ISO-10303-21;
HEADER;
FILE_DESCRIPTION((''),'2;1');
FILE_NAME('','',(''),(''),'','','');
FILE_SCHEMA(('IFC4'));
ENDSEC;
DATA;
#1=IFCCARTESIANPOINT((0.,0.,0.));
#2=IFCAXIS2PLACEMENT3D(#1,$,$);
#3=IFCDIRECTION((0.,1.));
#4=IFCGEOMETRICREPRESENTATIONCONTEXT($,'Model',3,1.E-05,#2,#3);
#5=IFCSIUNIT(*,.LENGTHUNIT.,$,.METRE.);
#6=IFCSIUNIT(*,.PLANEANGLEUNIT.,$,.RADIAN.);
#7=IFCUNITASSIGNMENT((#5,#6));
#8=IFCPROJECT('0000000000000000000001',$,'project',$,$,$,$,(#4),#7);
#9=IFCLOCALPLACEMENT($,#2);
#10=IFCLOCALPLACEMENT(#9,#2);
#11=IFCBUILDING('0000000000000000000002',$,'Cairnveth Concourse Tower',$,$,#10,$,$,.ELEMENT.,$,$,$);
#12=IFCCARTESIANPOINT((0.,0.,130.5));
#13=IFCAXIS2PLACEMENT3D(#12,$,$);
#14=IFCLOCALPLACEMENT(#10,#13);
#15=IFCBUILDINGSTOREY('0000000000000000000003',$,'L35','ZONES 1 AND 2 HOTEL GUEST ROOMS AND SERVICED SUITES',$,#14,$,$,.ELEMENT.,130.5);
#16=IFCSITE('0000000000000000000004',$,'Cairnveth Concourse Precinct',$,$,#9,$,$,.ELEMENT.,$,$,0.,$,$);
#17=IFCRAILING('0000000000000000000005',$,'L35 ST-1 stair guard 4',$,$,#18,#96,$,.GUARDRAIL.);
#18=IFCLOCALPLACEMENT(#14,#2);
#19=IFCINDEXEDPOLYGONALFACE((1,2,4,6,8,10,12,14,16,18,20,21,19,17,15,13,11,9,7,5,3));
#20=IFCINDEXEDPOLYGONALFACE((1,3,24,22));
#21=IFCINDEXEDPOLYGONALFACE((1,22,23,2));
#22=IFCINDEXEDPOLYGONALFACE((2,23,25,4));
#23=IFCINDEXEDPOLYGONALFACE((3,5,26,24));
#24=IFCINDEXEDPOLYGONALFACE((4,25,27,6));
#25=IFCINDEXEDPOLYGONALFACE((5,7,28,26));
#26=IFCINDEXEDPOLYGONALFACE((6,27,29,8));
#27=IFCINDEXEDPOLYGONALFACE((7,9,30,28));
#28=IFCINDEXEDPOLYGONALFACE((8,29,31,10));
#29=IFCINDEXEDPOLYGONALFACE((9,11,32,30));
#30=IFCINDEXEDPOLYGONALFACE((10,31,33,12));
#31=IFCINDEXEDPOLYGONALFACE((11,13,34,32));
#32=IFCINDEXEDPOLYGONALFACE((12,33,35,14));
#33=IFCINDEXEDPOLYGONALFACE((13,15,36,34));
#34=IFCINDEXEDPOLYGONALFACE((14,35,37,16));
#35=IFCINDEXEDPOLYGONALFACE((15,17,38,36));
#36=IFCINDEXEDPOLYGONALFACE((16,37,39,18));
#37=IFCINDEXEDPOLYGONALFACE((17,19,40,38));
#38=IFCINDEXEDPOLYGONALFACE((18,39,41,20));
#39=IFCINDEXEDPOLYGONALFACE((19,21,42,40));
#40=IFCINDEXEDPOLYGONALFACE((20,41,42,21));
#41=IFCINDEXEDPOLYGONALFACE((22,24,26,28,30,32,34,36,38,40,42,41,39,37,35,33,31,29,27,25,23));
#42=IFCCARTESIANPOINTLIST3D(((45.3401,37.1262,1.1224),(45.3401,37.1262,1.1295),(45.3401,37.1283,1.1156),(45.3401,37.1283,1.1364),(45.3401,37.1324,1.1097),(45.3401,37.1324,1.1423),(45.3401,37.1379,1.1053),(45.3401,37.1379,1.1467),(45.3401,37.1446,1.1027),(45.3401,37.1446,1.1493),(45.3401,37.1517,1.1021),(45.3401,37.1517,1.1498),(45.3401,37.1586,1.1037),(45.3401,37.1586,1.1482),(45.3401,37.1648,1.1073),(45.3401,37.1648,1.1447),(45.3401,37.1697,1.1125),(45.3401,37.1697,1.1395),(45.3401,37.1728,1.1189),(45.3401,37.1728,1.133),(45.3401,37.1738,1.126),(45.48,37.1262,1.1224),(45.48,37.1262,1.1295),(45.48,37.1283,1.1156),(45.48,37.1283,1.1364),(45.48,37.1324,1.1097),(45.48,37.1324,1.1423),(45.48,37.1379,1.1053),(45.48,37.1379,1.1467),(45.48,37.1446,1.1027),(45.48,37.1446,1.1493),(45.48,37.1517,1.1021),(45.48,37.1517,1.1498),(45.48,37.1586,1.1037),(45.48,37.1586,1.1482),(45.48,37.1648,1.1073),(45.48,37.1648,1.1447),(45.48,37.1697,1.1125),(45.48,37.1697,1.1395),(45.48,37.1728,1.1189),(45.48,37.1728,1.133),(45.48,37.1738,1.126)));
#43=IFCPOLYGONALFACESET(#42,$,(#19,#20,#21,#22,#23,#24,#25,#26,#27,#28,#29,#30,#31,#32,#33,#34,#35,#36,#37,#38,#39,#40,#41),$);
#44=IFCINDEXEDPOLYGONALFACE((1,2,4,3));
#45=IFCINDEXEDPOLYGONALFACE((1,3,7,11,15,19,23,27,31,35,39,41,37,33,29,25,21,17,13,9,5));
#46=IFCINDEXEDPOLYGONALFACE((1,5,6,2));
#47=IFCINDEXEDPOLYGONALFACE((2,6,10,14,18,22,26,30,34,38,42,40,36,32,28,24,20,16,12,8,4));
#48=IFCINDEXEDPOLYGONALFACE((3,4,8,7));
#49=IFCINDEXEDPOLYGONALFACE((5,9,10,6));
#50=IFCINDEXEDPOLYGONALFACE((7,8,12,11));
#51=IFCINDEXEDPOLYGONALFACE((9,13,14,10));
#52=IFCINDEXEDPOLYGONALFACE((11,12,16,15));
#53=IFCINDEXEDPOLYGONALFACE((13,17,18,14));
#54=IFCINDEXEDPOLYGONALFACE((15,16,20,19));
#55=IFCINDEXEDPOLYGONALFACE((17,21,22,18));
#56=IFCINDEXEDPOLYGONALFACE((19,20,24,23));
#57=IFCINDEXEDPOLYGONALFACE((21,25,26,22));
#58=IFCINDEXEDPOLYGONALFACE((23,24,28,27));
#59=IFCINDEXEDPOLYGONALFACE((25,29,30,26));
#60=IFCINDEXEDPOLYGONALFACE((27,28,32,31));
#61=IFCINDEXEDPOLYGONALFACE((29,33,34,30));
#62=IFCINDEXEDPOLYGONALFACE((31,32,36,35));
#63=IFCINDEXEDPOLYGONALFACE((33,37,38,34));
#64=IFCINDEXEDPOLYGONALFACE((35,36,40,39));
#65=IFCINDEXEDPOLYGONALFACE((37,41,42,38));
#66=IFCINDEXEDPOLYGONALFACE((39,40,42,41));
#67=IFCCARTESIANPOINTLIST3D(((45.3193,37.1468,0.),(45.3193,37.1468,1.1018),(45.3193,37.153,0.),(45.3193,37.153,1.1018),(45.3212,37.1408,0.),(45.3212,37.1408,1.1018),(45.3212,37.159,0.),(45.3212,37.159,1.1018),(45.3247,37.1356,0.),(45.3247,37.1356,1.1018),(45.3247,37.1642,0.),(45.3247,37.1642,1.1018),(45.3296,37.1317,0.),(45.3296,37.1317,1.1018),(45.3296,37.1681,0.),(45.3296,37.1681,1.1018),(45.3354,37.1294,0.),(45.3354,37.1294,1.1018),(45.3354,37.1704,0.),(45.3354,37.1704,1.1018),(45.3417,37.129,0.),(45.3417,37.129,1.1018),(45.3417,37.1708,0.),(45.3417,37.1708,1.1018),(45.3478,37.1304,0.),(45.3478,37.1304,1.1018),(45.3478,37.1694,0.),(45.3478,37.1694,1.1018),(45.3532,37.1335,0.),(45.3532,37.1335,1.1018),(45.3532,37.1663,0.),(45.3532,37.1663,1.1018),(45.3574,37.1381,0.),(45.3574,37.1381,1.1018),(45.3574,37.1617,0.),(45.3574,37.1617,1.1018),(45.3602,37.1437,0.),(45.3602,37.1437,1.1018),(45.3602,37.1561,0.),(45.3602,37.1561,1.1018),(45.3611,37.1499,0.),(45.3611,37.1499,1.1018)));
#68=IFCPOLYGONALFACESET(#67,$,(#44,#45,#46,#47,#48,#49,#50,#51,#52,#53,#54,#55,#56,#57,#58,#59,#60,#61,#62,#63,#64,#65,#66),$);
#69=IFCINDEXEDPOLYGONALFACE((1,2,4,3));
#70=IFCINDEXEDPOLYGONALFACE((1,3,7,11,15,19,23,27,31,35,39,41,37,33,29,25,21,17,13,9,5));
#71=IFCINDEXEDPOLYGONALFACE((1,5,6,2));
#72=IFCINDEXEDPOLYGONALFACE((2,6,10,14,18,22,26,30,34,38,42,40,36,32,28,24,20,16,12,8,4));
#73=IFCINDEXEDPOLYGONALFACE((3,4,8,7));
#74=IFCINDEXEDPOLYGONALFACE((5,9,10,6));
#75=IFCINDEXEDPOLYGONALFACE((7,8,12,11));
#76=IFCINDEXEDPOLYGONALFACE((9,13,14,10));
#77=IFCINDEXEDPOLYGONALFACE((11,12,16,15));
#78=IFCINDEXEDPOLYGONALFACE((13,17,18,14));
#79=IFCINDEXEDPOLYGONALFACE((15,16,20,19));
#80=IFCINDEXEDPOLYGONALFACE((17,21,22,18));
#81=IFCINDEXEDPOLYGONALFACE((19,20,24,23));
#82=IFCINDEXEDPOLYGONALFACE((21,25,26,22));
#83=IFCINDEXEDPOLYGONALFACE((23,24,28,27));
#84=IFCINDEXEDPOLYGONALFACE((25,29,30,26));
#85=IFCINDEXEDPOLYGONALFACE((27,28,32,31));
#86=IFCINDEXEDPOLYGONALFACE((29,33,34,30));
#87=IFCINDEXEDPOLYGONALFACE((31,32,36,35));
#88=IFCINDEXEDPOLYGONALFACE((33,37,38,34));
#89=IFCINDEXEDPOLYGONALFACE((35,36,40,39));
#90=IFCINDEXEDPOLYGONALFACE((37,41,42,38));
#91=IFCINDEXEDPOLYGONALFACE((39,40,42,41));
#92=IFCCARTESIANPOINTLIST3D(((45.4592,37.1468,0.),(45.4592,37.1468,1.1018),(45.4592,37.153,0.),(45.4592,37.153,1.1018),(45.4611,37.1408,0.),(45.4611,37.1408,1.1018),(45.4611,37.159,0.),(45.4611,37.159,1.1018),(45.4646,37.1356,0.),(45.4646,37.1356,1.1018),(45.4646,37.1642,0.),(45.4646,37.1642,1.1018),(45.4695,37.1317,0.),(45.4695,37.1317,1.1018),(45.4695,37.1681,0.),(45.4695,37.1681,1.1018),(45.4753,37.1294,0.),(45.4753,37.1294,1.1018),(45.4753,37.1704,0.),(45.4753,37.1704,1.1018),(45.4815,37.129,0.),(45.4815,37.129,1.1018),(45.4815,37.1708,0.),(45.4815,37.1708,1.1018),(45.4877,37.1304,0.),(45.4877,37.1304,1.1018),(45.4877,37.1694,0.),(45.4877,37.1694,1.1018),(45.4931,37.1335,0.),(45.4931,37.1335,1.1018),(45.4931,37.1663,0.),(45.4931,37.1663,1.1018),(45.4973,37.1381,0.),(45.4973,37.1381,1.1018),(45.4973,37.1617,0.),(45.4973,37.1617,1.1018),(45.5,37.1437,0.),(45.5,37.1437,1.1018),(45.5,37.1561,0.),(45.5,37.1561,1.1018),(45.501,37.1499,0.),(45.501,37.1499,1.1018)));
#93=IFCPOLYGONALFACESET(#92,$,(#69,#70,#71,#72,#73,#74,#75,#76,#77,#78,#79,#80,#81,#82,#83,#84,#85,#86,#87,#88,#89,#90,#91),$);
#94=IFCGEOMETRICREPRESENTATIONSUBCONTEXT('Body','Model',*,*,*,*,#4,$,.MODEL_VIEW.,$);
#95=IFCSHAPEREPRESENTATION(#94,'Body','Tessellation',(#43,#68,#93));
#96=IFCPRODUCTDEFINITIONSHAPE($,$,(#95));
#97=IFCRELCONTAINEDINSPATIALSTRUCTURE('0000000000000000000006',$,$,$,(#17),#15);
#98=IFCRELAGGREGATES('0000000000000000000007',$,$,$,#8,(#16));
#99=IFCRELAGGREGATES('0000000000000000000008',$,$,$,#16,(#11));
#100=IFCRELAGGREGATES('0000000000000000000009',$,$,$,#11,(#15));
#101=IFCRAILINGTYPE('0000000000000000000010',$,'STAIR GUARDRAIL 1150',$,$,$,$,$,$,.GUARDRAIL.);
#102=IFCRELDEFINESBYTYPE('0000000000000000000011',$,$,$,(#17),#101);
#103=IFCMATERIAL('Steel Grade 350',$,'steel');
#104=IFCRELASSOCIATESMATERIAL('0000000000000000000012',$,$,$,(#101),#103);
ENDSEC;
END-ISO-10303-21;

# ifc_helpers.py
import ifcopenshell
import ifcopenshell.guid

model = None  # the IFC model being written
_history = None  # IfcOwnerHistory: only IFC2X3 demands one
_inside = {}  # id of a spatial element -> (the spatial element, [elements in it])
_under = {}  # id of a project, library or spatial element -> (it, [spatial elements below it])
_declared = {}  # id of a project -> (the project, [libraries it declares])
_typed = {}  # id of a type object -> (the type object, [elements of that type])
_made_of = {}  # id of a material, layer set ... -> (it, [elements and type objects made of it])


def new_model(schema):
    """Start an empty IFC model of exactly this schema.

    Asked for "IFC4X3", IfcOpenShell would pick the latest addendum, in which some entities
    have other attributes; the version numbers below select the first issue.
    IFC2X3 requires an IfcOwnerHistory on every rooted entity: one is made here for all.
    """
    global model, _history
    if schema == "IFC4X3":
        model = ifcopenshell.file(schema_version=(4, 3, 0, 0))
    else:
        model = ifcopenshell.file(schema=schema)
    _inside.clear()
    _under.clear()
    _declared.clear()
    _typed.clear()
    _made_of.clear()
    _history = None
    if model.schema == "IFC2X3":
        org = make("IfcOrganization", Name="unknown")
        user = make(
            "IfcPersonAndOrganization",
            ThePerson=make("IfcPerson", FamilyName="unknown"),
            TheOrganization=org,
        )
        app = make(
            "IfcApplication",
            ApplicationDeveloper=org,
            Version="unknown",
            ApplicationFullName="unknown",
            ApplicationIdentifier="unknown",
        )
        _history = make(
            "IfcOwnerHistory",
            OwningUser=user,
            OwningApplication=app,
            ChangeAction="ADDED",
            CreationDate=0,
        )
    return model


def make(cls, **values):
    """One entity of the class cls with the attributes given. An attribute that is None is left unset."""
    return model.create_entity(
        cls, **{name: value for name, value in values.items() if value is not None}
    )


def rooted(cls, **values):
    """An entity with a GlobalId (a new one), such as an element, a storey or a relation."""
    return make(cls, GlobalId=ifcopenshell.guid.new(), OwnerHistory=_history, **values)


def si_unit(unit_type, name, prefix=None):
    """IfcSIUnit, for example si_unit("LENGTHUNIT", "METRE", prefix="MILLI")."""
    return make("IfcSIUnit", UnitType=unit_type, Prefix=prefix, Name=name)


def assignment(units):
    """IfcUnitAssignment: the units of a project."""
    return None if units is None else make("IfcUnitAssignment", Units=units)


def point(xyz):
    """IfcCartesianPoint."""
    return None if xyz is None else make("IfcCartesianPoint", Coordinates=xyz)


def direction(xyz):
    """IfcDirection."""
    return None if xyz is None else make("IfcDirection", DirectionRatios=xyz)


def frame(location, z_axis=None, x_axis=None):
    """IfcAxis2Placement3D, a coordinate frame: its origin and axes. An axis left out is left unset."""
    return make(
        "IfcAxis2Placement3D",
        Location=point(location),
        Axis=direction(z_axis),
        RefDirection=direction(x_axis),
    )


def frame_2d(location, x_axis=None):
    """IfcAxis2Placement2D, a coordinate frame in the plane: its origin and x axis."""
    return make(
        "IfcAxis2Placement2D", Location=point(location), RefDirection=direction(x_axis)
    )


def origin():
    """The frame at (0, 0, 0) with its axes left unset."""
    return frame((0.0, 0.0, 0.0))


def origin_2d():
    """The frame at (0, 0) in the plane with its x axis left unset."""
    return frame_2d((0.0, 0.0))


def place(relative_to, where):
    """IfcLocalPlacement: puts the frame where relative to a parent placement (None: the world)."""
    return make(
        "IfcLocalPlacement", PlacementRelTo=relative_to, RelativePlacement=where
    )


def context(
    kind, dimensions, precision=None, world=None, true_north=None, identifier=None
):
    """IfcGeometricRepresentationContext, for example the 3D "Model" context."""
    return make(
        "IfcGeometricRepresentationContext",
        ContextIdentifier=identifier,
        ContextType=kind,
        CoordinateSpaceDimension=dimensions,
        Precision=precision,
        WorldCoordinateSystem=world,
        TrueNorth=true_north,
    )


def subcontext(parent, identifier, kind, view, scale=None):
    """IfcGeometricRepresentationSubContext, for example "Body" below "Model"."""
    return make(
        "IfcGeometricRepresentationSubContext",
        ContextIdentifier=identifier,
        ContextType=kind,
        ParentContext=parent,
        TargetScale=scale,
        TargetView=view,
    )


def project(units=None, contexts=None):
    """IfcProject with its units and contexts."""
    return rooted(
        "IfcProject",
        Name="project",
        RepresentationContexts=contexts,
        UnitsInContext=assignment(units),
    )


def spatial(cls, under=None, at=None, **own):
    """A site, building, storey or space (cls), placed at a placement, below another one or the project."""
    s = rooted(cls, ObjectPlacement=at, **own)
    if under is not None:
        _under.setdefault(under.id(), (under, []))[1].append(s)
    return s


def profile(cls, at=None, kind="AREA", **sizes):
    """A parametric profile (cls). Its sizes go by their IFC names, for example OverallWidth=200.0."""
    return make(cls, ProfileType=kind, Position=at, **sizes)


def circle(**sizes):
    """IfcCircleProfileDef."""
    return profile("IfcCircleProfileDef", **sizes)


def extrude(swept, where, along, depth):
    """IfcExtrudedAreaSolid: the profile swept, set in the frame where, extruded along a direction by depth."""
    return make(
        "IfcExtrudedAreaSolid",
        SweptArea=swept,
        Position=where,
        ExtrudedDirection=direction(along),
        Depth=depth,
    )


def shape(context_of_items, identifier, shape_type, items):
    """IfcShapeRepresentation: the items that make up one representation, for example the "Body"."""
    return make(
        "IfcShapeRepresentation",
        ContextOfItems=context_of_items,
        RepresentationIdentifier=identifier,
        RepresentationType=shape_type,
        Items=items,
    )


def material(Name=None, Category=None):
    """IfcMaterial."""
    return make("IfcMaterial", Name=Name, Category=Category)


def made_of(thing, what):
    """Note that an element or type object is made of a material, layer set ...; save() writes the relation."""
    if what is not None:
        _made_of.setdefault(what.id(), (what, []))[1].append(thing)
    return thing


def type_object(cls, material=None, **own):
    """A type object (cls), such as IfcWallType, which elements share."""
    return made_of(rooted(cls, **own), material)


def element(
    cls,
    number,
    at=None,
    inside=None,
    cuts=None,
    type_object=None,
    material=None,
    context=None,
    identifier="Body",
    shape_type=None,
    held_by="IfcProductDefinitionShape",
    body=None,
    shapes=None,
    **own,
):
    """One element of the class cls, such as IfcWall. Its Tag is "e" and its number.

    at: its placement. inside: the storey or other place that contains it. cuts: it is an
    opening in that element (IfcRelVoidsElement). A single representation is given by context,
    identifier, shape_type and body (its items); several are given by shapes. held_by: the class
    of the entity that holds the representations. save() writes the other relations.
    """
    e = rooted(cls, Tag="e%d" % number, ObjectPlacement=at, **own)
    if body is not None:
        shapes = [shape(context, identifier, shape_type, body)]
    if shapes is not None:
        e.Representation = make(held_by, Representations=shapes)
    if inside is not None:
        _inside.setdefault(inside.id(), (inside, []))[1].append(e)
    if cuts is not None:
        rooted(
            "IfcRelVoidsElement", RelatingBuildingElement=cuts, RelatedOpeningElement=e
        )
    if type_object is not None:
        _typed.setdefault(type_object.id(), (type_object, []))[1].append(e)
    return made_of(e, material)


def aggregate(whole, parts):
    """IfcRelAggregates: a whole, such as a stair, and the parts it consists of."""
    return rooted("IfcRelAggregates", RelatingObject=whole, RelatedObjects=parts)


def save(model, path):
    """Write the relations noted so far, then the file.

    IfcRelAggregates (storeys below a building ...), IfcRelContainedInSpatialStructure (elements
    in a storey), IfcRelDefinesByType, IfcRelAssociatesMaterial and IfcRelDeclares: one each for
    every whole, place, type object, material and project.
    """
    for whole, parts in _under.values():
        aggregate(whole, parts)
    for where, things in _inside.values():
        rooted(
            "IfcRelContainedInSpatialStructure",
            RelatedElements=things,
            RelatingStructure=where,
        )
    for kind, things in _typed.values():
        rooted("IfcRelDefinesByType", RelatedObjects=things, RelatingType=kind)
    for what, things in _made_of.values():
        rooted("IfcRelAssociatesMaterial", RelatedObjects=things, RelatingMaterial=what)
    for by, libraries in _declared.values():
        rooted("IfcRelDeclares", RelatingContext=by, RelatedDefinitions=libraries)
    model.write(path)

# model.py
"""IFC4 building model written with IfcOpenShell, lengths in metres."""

from ifc_helpers import new_model, si_unit, direction, frame, origin, origin_2d, place, context, subcontext, project, spatial, circle, extrude, material, type_object, element, save


model = new_model("IFC4")

# Units and contexts
model_context = context("Model", 3, precision=1e-05, world=origin(), true_north=direction((0.0, 1.0)))
body_context = subcontext(model_context, "Body", "Model", "MODEL_VIEW")
ifc_project = project(units=[si_unit("LENGTHUNIT", "METRE"), si_unit("PLANEANGLEUNIT", "RADIAN")], contexts=[model_context])

# Site, building, storey
site_placement = place(None, origin())
site = spatial("IfcSite", under=ifc_project, at=site_placement, Name="Cairnveth Concourse Precinct", CompositionType="ELEMENT", RefElevation=0.0)
building_placement = place(site_placement, origin())
building = spatial("IfcBuilding", under=site, at=building_placement, Name="Cairnveth Concourse Tower", CompositionType="ELEMENT")
storey_placement = place(building_placement, frame((0.0, 0.0, 130.5)))
storey = spatial("IfcBuildingStorey", under=building, at=storey_placement, Name="L35", Description="ZONES 1 AND 2 HOTEL GUEST ROOMS AND SERVICED SUITES", CompositionType="ELEMENT", Elevation=130.5)

# Shared definitions
ifc_material_1 = material(Name="Steel Grade 350", Category="steel")

# Railing
railing_type_1 = type_object("IfcRailingType", Name="STAIR GUARDRAIL 1150", PredefinedType="GUARDRAIL", material=ifc_material_1)
railing_1_placement = place(storey_placement, frame((45.3401, 37.1499, 0.0)))
element("IfcRailing", 1, at=railing_1_placement, inside=storey, type_object=railing_type_1, Name="L35 ST-1 stair guard 4", PredefinedType="GUARDRAIL", context=body_context, shape_type="SweptSolid", body=[
    extrude(circle(Radius=0.0239, at=origin_2d()), frame((0.0, 0.0, 1.126), z_axis=(1.0, 0.0, 0.0), x_axis=(0.0, 1.0, 0.0)), (0.0, 0.0, 1.0), 0.1399),
    extrude(circle(Radius=0.021, at=origin_2d()), origin(), (0.0, 0.0, 1.0), 1.1018),
    extrude(circle(Radius=0.021, at=origin_2d()), frame((0.1399, 0.0, 0.0)), (0.0, 0.0, 1.0), 1.1018),
])

save(model, "model.ifc")
